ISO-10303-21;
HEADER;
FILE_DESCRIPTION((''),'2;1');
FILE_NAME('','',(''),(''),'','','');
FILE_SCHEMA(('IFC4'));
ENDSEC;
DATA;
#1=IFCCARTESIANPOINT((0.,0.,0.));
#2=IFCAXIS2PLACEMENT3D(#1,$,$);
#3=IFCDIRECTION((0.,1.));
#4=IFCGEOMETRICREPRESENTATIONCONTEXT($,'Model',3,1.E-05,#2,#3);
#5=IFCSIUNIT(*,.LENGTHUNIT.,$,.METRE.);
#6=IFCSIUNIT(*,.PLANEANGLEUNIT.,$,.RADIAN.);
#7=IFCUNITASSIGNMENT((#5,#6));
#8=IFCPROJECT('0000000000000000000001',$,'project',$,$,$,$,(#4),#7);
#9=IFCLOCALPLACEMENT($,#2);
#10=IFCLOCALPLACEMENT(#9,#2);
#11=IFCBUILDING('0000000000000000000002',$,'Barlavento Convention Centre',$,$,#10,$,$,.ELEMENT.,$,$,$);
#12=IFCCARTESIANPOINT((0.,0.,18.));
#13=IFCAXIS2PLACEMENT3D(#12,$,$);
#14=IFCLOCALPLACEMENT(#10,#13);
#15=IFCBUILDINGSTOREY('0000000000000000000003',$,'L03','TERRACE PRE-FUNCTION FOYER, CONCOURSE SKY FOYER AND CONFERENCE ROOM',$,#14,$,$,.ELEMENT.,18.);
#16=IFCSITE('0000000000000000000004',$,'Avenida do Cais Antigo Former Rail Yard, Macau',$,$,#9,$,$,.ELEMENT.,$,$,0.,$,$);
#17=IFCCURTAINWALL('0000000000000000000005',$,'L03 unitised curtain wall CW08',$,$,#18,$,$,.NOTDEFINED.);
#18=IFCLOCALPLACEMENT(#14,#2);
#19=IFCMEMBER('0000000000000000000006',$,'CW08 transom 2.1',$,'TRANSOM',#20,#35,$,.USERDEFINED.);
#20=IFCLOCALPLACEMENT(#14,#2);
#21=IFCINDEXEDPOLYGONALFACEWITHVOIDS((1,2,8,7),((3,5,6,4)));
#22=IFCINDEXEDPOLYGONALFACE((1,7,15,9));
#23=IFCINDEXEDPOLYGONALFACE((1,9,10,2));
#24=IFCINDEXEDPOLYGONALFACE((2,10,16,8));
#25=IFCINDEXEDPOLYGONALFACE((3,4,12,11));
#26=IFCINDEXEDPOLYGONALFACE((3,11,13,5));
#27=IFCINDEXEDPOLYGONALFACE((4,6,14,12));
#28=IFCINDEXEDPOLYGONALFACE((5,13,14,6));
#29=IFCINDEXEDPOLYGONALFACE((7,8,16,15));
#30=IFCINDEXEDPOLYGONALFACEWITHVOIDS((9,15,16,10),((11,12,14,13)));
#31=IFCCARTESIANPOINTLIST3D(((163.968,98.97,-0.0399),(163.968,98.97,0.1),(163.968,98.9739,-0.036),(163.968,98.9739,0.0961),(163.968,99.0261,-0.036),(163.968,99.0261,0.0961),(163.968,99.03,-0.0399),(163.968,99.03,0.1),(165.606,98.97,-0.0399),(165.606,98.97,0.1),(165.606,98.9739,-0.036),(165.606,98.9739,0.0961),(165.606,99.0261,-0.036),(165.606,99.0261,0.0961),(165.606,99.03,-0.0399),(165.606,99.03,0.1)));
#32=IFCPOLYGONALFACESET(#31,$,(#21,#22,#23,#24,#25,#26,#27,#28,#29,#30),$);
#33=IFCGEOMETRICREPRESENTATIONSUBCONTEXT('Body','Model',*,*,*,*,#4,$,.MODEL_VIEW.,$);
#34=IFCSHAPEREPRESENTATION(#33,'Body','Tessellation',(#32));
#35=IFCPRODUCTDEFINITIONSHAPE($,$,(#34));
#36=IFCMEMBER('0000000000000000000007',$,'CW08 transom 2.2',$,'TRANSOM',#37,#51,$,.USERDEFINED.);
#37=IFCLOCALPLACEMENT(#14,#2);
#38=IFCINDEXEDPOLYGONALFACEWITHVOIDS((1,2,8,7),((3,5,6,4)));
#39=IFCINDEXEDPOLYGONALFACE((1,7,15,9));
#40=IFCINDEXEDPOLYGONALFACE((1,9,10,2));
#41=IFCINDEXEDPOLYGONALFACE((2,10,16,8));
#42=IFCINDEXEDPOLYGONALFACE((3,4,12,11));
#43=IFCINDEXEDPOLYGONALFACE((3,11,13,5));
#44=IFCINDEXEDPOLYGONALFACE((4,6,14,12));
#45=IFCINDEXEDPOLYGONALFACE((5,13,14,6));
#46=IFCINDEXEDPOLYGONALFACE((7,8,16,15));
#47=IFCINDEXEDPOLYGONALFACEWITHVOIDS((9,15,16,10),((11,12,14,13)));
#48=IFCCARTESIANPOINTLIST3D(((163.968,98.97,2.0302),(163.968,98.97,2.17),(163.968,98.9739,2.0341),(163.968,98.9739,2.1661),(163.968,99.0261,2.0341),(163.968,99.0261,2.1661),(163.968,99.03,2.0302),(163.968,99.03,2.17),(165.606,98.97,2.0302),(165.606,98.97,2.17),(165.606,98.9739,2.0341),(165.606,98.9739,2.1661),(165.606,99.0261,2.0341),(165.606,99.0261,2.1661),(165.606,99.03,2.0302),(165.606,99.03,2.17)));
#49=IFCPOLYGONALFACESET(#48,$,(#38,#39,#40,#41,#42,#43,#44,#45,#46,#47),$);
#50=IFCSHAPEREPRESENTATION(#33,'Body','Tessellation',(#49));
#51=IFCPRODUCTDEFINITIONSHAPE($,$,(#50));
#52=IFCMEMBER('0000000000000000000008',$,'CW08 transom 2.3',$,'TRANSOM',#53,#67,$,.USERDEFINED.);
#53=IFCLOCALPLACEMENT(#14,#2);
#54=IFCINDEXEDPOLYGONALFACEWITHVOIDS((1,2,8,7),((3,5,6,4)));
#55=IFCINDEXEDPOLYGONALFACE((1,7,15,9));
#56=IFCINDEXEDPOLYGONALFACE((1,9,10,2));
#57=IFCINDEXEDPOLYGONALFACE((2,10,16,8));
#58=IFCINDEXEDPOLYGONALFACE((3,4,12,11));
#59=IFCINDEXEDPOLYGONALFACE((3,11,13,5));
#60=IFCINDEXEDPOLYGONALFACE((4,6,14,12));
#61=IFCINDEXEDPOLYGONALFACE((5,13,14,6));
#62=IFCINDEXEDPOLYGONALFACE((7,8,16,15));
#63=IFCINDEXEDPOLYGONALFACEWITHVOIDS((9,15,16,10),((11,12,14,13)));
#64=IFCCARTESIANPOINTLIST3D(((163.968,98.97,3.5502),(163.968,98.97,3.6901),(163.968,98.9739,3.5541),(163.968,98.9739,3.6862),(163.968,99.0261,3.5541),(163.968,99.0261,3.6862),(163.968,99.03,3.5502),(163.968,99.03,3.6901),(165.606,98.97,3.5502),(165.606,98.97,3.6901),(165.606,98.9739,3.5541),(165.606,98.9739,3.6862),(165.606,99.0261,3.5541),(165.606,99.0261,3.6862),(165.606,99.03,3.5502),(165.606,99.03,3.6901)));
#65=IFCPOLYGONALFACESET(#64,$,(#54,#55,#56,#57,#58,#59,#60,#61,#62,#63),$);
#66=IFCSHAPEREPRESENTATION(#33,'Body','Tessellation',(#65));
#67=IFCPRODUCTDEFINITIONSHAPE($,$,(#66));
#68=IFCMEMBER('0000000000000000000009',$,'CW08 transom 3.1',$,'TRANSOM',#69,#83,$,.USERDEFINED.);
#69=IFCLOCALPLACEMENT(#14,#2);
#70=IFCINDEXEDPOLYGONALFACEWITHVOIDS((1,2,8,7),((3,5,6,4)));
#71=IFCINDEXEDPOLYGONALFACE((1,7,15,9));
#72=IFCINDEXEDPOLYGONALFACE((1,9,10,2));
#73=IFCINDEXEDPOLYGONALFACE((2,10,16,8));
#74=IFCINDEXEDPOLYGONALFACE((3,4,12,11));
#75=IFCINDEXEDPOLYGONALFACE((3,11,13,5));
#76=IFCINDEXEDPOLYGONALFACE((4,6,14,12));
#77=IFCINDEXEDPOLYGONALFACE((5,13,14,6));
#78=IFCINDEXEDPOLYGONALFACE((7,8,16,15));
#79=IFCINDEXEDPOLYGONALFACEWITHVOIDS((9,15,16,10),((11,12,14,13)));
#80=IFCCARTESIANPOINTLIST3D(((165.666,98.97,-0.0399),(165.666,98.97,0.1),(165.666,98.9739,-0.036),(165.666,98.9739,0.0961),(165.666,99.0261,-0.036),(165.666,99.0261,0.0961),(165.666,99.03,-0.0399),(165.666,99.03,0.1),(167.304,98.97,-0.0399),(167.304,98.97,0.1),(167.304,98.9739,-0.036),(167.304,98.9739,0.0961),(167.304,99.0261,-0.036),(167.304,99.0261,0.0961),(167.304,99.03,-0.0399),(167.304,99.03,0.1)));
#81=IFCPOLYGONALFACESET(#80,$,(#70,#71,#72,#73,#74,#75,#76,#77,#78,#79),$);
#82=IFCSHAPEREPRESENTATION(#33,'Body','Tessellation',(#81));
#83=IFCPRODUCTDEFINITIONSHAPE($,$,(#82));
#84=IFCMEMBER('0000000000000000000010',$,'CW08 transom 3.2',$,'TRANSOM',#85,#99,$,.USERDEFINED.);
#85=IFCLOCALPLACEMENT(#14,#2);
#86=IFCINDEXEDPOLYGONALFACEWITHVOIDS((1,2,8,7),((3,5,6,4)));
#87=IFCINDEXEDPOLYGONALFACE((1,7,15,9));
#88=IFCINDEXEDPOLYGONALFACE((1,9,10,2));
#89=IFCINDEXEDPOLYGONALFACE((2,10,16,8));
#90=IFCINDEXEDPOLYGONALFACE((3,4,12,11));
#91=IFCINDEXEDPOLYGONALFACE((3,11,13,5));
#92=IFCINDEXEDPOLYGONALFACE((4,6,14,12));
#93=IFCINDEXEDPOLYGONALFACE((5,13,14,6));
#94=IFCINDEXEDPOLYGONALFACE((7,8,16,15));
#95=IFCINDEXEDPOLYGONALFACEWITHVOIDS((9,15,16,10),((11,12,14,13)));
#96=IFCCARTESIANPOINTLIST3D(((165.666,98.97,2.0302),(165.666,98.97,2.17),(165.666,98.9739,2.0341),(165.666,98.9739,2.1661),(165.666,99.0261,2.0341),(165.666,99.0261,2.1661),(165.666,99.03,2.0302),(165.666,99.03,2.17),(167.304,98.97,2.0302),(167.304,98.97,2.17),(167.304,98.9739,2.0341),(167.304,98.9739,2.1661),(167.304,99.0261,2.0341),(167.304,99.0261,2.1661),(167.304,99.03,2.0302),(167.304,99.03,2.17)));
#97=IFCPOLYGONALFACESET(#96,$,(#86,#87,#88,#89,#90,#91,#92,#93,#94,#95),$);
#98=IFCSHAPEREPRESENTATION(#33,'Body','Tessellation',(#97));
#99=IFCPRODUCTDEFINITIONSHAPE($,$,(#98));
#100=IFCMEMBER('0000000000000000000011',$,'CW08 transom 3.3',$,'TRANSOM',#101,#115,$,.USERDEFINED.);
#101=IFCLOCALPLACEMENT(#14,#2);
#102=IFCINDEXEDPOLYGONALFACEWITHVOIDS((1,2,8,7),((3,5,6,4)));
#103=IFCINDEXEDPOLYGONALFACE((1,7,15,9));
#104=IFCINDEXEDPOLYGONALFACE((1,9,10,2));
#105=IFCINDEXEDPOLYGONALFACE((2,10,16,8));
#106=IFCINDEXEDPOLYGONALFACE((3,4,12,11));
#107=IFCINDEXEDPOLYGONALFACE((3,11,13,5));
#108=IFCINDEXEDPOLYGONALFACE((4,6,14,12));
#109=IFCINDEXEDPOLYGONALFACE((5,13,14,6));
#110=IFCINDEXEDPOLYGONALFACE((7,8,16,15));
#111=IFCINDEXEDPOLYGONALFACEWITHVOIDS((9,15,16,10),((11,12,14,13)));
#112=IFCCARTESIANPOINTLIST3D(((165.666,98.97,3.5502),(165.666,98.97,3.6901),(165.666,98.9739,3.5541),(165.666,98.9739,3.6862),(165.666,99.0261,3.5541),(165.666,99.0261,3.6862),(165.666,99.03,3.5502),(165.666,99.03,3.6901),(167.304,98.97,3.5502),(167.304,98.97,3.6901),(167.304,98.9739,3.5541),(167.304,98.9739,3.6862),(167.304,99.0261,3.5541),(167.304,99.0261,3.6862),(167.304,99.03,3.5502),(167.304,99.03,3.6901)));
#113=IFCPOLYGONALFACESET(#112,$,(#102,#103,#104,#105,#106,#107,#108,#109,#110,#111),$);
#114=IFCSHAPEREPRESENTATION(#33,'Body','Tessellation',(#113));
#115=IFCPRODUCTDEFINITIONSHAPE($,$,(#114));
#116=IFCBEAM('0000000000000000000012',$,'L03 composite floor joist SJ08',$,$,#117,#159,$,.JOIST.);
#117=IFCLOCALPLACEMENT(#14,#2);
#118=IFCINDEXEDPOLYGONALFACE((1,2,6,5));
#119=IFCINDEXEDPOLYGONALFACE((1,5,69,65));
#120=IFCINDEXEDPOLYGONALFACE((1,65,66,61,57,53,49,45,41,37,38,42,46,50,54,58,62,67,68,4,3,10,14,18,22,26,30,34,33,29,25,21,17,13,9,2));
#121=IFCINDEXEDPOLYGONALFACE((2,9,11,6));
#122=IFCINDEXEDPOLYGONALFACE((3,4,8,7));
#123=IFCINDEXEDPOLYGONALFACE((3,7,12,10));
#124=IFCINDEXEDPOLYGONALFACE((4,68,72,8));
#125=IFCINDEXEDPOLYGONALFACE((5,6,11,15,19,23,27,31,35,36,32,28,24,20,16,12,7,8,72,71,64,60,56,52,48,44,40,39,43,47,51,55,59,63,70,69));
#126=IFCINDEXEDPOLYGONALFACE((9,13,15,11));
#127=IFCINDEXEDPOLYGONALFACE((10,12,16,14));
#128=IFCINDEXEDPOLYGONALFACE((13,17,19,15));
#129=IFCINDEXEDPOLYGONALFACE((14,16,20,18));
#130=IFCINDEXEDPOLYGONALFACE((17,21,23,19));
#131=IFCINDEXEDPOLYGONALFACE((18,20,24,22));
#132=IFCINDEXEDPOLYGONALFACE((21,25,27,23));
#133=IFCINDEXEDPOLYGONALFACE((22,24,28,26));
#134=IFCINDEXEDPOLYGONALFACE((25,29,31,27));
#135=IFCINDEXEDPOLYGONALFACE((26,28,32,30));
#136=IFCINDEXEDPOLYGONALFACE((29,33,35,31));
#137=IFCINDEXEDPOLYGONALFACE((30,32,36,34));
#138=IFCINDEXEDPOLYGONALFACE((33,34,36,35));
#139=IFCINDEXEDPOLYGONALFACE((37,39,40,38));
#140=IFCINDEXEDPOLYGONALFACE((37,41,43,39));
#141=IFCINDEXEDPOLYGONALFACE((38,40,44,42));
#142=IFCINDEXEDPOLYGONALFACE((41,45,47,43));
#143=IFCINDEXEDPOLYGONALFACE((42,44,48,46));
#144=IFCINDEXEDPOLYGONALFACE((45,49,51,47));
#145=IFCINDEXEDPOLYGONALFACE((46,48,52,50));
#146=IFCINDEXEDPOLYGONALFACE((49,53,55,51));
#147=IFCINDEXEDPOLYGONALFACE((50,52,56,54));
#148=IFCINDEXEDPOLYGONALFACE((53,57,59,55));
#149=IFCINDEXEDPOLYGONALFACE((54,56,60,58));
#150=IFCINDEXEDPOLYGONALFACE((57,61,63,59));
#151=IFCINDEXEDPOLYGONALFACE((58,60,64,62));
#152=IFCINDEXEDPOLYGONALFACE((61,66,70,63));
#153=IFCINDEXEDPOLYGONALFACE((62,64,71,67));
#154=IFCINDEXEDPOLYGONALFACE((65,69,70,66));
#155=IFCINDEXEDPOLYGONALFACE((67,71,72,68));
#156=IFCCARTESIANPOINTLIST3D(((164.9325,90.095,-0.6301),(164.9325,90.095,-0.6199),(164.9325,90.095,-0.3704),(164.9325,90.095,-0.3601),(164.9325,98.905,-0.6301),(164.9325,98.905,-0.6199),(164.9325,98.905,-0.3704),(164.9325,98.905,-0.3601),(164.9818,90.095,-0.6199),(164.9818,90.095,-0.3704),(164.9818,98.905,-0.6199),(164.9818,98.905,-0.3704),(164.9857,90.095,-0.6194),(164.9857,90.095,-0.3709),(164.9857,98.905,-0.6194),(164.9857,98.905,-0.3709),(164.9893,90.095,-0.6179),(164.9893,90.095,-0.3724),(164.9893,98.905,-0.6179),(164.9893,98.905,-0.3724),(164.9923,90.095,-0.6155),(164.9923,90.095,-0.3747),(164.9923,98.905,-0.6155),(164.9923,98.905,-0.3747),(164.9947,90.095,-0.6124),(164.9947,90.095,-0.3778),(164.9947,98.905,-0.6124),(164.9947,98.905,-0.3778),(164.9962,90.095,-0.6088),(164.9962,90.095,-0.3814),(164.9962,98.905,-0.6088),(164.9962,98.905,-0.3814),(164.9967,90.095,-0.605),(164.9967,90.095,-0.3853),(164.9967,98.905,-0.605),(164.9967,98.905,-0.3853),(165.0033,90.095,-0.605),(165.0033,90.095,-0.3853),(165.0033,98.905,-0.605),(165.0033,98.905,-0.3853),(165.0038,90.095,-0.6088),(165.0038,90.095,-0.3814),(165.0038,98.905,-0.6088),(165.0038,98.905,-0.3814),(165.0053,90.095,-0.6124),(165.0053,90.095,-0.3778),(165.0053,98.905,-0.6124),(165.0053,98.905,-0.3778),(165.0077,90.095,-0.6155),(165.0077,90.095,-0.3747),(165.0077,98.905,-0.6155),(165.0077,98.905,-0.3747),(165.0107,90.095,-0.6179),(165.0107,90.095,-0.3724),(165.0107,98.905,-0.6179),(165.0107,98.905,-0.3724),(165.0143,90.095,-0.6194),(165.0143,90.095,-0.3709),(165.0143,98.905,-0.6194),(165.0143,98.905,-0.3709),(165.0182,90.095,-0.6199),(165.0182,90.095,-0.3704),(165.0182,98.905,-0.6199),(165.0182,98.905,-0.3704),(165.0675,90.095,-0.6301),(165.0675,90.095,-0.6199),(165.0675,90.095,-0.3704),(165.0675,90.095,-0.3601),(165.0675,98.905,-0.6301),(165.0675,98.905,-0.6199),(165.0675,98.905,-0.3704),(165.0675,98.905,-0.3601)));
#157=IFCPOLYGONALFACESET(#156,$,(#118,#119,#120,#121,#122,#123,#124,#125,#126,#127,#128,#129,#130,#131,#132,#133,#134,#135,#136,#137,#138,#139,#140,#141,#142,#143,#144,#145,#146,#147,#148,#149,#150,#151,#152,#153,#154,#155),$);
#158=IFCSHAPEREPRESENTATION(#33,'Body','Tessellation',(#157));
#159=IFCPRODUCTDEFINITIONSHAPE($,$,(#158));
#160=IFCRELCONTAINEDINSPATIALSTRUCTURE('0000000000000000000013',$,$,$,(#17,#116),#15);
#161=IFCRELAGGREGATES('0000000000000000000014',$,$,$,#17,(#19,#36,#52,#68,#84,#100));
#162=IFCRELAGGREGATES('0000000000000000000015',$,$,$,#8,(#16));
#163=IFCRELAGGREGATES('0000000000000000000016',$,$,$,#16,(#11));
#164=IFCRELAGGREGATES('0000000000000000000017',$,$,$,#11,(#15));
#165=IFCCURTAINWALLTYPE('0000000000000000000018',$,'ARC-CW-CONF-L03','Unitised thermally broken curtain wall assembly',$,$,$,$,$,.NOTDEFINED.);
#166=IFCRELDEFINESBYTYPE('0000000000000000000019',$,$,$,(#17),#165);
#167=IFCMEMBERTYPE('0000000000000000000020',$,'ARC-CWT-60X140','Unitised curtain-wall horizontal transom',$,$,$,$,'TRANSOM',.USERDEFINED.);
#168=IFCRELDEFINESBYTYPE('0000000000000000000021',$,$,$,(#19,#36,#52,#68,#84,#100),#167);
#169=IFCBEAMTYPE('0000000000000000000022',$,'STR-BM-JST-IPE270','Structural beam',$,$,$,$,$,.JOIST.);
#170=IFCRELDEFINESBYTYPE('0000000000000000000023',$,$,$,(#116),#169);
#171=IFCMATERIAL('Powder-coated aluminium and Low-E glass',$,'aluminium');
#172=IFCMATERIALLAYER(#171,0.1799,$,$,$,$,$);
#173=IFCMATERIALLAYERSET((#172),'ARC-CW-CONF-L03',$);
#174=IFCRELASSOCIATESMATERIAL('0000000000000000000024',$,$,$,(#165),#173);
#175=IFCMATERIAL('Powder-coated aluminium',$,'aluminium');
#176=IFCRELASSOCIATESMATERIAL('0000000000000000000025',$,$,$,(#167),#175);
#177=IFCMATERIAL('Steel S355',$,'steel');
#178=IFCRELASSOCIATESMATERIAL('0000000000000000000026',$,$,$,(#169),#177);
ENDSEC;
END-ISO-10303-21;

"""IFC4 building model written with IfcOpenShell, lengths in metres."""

from ifc_helpers import new_model, si_unit, direction, frame, origin, origin_2d, place, context, subcontext, project, spatial, hollow_rectangle, i_section, extrude, material, layer, layer_set, material_profile, profile_set, type_object, element, aggregate, save


model = new_model("IFC4")

# Units and contexts
model_context = context("Model", 3, precision=1e-05, world=origin(), true_north=direction((0.0, 1.0)))
body_context = subcontext(model_context, "Body", "Model", "MODEL_VIEW")
ifc_project = project(units=[si_unit("LENGTHUNIT", "METRE"), si_unit("PLANEANGLEUNIT", "RADIAN")], contexts=[model_context])

# Site, building, storey
site_placement = place(None, origin())
site = spatial("IfcSite", under=ifc_project, at=site_placement, Name="Avenida do Cais Antigo Former Rail Yard, Macau", CompositionType="ELEMENT", RefElevation=0.0)
building_placement = place(site_placement, origin())
building = spatial("IfcBuilding", under=site, at=building_placement, Name="Barlavento Convention Centre", CompositionType="ELEMENT")
storey_placement = place(building_placement, frame((0.0, 0.0, 18.0)))
storey = spatial("IfcBuildingStorey", under=building, at=storey_placement, Name="L03", Description="TERRACE PRE-FUNCTION FOYER, CONCOURSE SKY FOYER AND CONFERENCE ROOM", CompositionType="ELEMENT", Elevation=18.0)

# Shared definitions
ifc_material_1 = material(Name="Steel S355", Category="steel")

# Shared definitions
ifc_material_2 = material(Name="Powder-coated aluminium and Low-E glass", Category="aluminium")
ifc_layer_1 = layer(ifc_material_2, 0.1799)
ifc_layer_set_1 = layer_set([ifc_layer_1], Name="ARC-CW-CONF-L03")
curtain_wall_type = type_object("IfcCurtainWallType", Name="ARC-CW-CONF-L03", Description="Unitised thermally broken curtain wall assembly", PredefinedType="NOTDEFINED", material=ifc_layer_set_1)
ifc_material_3 = material(Name="Powder-coated aluminium", Category="aluminium")

# Curtain wall, members
curtain_wall_1_placement = place(storey_placement, origin())
curtain_wall_1 = element("IfcCurtainWall", 1, at=curtain_wall_1_placement, inside=storey, type_object=curtain_wall_type, Name="L03 unitised curtain wall CW08", PredefinedType="NOTDEFINED")
ifc_material_profile_1 = material_profile(ifc_material_3, hollow_rectangle(XDim=0.0601, YDim=0.1399, WallThickness=0.0039, at=origin_2d()), Name="AL-TRAN 60x140x4")
ifc_profile_set_1 = profile_set([ifc_material_profile_1], Name="Powder-coated aluminium")
member_type_1 = type_object("IfcMemberType", Name="ARC-CWT-60X140", Description="Unitised curtain-wall horizontal transom", ElementType="TRANSOM", PredefinedType="USERDEFINED", material=ifc_profile_set_1)
member_1_placement = place(storey_placement, frame((163.968, 99.0, 0.03), z_axis=(1.0, 0.0, 0.0), x_axis=(0.0, 1.0, 0.0)))
member_1 = element("IfcMember", 2, at=member_1_placement, type_object=member_type_1, Name="CW08 transom 2.1", ObjectType="TRANSOM", PredefinedType="USERDEFINED", context=body_context, shape_type="SweptSolid", body=[
    extrude(hollow_rectangle(XDim=0.0601, YDim=0.1399, WallThickness=0.0039, at=origin_2d()), origin(), (0.0, 0.0, 1.0), 1.6379),
])
member_2_placement = place(storey_placement, frame((163.968, 99.0, 2.1001), z_axis=(1.0, 0.0, 0.0), x_axis=(0.0, 1.0, 0.0)))
member_2 = element("IfcMember", 3, at=member_2_placement, type_object=member_type_1, Name="CW08 transom 2.2", ObjectType="TRANSOM", PredefinedType="USERDEFINED", context=body_context, shape_type="SweptSolid", body=[
    extrude(hollow_rectangle(XDim=0.0601, YDim=0.1399, WallThickness=0.0039, at=origin_2d()), origin(), (0.0, 0.0, 1.0), 1.6379),
])
member_3_placement = place(storey_placement, frame((163.968, 99.0, 3.6201), z_axis=(1.0, 0.0, 0.0), x_axis=(0.0, 1.0, 0.0)))
member_3 = element("IfcMember", 4, at=member_3_placement, type_object=member_type_1, Name="CW08 transom 2.3", ObjectType="TRANSOM", PredefinedType="USERDEFINED", context=body_context, shape_type="SweptSolid", body=[
    extrude(hollow_rectangle(XDim=0.0601, YDim=0.1399, WallThickness=0.0039, at=origin_2d()), origin(), (0.0, 0.0, 1.0), 1.6379),
])
member_4_placement = place(storey_placement, frame((165.666, 99.0, 0.03), z_axis=(1.0, 0.0, 0.0), x_axis=(0.0, 1.0, 0.0)))
member_4 = element("IfcMember", 5, at=member_4_placement, type_object=member_type_1, Name="CW08 transom 3.1", ObjectType="TRANSOM", PredefinedType="USERDEFINED", context=body_context, shape_type="SweptSolid", body=[
    extrude(hollow_rectangle(XDim=0.0601, YDim=0.1399, WallThickness=0.0039, at=origin_2d()), origin(), (0.0, 0.0, 1.0), 1.6379),
])
member_5_placement = place(storey_placement, frame((165.666, 99.0, 2.1001), z_axis=(1.0, 0.0, 0.0), x_axis=(0.0, 1.0, 0.0)))
member_5 = element("IfcMember", 6, at=member_5_placement, type_object=member_type_1, Name="CW08 transom 3.2", ObjectType="TRANSOM", PredefinedType="USERDEFINED", context=body_context, shape_type="SweptSolid", body=[
    extrude(hollow_rectangle(XDim=0.0601, YDim=0.1399, WallThickness=0.0039, at=origin_2d()), origin(), (0.0, 0.0, 1.0), 1.6379),
])
member_6_placement = place(storey_placement, frame((165.666, 99.0, 3.6201), z_axis=(1.0, 0.0, 0.0), x_axis=(0.0, 1.0, 0.0)))
member_6 = element("IfcMember", 7, at=member_6_placement, type_object=member_type_1, Name="CW08 transom 3.3", ObjectType="TRANSOM", PredefinedType="USERDEFINED", context=body_context, shape_type="SweptSolid", body=[
    extrude(hollow_rectangle(XDim=0.0601, YDim=0.1399, WallThickness=0.0039, at=origin_2d()), origin(), (0.0, 0.0, 1.0), 1.6379),
])

# Beam
ifc_material_profile_2 = material_profile(ifc_material_1, i_section(OverallWidth=0.135, OverallDepth=0.27, WebThickness=0.0066, FlangeThickness=0.0103, FilletRadius=0.0149, at=origin_2d()), Name="IPE 270")
ifc_profile_set_2 = profile_set([ifc_material_profile_2], Name="Steel S355")
beam_type_1 = type_object("IfcBeamType", Name="STR-BM-JST-IPE270", Description="Structural beam", PredefinedType="JOIST", material=ifc_profile_set_2)
beam_1_placement = place(storey_placement, frame((165.0, 90.095, -0.4951), z_axis=(0.0, 1.0, 0.0), x_axis=(-1.0, 0.0, 0.0)))
element("IfcBeam", 8, at=beam_1_placement, inside=storey, type_object=beam_type_1, Name="L03 composite floor joist SJ08", PredefinedType="JOIST", context=body_context, shape_type="SweptSolid", body=[
    extrude(i_section(OverallWidth=0.135, OverallDepth=0.27, WebThickness=0.0066, FlangeThickness=0.0103, FilletRadius=0.0149, at=origin_2d()), origin(), (0.0, 0.0, 1.0), 8.8101),
])

aggregate(curtain_wall_1, [member_1, member_2, member_3, member_4, member_5, member_6])

save(model, "model.ifc")
